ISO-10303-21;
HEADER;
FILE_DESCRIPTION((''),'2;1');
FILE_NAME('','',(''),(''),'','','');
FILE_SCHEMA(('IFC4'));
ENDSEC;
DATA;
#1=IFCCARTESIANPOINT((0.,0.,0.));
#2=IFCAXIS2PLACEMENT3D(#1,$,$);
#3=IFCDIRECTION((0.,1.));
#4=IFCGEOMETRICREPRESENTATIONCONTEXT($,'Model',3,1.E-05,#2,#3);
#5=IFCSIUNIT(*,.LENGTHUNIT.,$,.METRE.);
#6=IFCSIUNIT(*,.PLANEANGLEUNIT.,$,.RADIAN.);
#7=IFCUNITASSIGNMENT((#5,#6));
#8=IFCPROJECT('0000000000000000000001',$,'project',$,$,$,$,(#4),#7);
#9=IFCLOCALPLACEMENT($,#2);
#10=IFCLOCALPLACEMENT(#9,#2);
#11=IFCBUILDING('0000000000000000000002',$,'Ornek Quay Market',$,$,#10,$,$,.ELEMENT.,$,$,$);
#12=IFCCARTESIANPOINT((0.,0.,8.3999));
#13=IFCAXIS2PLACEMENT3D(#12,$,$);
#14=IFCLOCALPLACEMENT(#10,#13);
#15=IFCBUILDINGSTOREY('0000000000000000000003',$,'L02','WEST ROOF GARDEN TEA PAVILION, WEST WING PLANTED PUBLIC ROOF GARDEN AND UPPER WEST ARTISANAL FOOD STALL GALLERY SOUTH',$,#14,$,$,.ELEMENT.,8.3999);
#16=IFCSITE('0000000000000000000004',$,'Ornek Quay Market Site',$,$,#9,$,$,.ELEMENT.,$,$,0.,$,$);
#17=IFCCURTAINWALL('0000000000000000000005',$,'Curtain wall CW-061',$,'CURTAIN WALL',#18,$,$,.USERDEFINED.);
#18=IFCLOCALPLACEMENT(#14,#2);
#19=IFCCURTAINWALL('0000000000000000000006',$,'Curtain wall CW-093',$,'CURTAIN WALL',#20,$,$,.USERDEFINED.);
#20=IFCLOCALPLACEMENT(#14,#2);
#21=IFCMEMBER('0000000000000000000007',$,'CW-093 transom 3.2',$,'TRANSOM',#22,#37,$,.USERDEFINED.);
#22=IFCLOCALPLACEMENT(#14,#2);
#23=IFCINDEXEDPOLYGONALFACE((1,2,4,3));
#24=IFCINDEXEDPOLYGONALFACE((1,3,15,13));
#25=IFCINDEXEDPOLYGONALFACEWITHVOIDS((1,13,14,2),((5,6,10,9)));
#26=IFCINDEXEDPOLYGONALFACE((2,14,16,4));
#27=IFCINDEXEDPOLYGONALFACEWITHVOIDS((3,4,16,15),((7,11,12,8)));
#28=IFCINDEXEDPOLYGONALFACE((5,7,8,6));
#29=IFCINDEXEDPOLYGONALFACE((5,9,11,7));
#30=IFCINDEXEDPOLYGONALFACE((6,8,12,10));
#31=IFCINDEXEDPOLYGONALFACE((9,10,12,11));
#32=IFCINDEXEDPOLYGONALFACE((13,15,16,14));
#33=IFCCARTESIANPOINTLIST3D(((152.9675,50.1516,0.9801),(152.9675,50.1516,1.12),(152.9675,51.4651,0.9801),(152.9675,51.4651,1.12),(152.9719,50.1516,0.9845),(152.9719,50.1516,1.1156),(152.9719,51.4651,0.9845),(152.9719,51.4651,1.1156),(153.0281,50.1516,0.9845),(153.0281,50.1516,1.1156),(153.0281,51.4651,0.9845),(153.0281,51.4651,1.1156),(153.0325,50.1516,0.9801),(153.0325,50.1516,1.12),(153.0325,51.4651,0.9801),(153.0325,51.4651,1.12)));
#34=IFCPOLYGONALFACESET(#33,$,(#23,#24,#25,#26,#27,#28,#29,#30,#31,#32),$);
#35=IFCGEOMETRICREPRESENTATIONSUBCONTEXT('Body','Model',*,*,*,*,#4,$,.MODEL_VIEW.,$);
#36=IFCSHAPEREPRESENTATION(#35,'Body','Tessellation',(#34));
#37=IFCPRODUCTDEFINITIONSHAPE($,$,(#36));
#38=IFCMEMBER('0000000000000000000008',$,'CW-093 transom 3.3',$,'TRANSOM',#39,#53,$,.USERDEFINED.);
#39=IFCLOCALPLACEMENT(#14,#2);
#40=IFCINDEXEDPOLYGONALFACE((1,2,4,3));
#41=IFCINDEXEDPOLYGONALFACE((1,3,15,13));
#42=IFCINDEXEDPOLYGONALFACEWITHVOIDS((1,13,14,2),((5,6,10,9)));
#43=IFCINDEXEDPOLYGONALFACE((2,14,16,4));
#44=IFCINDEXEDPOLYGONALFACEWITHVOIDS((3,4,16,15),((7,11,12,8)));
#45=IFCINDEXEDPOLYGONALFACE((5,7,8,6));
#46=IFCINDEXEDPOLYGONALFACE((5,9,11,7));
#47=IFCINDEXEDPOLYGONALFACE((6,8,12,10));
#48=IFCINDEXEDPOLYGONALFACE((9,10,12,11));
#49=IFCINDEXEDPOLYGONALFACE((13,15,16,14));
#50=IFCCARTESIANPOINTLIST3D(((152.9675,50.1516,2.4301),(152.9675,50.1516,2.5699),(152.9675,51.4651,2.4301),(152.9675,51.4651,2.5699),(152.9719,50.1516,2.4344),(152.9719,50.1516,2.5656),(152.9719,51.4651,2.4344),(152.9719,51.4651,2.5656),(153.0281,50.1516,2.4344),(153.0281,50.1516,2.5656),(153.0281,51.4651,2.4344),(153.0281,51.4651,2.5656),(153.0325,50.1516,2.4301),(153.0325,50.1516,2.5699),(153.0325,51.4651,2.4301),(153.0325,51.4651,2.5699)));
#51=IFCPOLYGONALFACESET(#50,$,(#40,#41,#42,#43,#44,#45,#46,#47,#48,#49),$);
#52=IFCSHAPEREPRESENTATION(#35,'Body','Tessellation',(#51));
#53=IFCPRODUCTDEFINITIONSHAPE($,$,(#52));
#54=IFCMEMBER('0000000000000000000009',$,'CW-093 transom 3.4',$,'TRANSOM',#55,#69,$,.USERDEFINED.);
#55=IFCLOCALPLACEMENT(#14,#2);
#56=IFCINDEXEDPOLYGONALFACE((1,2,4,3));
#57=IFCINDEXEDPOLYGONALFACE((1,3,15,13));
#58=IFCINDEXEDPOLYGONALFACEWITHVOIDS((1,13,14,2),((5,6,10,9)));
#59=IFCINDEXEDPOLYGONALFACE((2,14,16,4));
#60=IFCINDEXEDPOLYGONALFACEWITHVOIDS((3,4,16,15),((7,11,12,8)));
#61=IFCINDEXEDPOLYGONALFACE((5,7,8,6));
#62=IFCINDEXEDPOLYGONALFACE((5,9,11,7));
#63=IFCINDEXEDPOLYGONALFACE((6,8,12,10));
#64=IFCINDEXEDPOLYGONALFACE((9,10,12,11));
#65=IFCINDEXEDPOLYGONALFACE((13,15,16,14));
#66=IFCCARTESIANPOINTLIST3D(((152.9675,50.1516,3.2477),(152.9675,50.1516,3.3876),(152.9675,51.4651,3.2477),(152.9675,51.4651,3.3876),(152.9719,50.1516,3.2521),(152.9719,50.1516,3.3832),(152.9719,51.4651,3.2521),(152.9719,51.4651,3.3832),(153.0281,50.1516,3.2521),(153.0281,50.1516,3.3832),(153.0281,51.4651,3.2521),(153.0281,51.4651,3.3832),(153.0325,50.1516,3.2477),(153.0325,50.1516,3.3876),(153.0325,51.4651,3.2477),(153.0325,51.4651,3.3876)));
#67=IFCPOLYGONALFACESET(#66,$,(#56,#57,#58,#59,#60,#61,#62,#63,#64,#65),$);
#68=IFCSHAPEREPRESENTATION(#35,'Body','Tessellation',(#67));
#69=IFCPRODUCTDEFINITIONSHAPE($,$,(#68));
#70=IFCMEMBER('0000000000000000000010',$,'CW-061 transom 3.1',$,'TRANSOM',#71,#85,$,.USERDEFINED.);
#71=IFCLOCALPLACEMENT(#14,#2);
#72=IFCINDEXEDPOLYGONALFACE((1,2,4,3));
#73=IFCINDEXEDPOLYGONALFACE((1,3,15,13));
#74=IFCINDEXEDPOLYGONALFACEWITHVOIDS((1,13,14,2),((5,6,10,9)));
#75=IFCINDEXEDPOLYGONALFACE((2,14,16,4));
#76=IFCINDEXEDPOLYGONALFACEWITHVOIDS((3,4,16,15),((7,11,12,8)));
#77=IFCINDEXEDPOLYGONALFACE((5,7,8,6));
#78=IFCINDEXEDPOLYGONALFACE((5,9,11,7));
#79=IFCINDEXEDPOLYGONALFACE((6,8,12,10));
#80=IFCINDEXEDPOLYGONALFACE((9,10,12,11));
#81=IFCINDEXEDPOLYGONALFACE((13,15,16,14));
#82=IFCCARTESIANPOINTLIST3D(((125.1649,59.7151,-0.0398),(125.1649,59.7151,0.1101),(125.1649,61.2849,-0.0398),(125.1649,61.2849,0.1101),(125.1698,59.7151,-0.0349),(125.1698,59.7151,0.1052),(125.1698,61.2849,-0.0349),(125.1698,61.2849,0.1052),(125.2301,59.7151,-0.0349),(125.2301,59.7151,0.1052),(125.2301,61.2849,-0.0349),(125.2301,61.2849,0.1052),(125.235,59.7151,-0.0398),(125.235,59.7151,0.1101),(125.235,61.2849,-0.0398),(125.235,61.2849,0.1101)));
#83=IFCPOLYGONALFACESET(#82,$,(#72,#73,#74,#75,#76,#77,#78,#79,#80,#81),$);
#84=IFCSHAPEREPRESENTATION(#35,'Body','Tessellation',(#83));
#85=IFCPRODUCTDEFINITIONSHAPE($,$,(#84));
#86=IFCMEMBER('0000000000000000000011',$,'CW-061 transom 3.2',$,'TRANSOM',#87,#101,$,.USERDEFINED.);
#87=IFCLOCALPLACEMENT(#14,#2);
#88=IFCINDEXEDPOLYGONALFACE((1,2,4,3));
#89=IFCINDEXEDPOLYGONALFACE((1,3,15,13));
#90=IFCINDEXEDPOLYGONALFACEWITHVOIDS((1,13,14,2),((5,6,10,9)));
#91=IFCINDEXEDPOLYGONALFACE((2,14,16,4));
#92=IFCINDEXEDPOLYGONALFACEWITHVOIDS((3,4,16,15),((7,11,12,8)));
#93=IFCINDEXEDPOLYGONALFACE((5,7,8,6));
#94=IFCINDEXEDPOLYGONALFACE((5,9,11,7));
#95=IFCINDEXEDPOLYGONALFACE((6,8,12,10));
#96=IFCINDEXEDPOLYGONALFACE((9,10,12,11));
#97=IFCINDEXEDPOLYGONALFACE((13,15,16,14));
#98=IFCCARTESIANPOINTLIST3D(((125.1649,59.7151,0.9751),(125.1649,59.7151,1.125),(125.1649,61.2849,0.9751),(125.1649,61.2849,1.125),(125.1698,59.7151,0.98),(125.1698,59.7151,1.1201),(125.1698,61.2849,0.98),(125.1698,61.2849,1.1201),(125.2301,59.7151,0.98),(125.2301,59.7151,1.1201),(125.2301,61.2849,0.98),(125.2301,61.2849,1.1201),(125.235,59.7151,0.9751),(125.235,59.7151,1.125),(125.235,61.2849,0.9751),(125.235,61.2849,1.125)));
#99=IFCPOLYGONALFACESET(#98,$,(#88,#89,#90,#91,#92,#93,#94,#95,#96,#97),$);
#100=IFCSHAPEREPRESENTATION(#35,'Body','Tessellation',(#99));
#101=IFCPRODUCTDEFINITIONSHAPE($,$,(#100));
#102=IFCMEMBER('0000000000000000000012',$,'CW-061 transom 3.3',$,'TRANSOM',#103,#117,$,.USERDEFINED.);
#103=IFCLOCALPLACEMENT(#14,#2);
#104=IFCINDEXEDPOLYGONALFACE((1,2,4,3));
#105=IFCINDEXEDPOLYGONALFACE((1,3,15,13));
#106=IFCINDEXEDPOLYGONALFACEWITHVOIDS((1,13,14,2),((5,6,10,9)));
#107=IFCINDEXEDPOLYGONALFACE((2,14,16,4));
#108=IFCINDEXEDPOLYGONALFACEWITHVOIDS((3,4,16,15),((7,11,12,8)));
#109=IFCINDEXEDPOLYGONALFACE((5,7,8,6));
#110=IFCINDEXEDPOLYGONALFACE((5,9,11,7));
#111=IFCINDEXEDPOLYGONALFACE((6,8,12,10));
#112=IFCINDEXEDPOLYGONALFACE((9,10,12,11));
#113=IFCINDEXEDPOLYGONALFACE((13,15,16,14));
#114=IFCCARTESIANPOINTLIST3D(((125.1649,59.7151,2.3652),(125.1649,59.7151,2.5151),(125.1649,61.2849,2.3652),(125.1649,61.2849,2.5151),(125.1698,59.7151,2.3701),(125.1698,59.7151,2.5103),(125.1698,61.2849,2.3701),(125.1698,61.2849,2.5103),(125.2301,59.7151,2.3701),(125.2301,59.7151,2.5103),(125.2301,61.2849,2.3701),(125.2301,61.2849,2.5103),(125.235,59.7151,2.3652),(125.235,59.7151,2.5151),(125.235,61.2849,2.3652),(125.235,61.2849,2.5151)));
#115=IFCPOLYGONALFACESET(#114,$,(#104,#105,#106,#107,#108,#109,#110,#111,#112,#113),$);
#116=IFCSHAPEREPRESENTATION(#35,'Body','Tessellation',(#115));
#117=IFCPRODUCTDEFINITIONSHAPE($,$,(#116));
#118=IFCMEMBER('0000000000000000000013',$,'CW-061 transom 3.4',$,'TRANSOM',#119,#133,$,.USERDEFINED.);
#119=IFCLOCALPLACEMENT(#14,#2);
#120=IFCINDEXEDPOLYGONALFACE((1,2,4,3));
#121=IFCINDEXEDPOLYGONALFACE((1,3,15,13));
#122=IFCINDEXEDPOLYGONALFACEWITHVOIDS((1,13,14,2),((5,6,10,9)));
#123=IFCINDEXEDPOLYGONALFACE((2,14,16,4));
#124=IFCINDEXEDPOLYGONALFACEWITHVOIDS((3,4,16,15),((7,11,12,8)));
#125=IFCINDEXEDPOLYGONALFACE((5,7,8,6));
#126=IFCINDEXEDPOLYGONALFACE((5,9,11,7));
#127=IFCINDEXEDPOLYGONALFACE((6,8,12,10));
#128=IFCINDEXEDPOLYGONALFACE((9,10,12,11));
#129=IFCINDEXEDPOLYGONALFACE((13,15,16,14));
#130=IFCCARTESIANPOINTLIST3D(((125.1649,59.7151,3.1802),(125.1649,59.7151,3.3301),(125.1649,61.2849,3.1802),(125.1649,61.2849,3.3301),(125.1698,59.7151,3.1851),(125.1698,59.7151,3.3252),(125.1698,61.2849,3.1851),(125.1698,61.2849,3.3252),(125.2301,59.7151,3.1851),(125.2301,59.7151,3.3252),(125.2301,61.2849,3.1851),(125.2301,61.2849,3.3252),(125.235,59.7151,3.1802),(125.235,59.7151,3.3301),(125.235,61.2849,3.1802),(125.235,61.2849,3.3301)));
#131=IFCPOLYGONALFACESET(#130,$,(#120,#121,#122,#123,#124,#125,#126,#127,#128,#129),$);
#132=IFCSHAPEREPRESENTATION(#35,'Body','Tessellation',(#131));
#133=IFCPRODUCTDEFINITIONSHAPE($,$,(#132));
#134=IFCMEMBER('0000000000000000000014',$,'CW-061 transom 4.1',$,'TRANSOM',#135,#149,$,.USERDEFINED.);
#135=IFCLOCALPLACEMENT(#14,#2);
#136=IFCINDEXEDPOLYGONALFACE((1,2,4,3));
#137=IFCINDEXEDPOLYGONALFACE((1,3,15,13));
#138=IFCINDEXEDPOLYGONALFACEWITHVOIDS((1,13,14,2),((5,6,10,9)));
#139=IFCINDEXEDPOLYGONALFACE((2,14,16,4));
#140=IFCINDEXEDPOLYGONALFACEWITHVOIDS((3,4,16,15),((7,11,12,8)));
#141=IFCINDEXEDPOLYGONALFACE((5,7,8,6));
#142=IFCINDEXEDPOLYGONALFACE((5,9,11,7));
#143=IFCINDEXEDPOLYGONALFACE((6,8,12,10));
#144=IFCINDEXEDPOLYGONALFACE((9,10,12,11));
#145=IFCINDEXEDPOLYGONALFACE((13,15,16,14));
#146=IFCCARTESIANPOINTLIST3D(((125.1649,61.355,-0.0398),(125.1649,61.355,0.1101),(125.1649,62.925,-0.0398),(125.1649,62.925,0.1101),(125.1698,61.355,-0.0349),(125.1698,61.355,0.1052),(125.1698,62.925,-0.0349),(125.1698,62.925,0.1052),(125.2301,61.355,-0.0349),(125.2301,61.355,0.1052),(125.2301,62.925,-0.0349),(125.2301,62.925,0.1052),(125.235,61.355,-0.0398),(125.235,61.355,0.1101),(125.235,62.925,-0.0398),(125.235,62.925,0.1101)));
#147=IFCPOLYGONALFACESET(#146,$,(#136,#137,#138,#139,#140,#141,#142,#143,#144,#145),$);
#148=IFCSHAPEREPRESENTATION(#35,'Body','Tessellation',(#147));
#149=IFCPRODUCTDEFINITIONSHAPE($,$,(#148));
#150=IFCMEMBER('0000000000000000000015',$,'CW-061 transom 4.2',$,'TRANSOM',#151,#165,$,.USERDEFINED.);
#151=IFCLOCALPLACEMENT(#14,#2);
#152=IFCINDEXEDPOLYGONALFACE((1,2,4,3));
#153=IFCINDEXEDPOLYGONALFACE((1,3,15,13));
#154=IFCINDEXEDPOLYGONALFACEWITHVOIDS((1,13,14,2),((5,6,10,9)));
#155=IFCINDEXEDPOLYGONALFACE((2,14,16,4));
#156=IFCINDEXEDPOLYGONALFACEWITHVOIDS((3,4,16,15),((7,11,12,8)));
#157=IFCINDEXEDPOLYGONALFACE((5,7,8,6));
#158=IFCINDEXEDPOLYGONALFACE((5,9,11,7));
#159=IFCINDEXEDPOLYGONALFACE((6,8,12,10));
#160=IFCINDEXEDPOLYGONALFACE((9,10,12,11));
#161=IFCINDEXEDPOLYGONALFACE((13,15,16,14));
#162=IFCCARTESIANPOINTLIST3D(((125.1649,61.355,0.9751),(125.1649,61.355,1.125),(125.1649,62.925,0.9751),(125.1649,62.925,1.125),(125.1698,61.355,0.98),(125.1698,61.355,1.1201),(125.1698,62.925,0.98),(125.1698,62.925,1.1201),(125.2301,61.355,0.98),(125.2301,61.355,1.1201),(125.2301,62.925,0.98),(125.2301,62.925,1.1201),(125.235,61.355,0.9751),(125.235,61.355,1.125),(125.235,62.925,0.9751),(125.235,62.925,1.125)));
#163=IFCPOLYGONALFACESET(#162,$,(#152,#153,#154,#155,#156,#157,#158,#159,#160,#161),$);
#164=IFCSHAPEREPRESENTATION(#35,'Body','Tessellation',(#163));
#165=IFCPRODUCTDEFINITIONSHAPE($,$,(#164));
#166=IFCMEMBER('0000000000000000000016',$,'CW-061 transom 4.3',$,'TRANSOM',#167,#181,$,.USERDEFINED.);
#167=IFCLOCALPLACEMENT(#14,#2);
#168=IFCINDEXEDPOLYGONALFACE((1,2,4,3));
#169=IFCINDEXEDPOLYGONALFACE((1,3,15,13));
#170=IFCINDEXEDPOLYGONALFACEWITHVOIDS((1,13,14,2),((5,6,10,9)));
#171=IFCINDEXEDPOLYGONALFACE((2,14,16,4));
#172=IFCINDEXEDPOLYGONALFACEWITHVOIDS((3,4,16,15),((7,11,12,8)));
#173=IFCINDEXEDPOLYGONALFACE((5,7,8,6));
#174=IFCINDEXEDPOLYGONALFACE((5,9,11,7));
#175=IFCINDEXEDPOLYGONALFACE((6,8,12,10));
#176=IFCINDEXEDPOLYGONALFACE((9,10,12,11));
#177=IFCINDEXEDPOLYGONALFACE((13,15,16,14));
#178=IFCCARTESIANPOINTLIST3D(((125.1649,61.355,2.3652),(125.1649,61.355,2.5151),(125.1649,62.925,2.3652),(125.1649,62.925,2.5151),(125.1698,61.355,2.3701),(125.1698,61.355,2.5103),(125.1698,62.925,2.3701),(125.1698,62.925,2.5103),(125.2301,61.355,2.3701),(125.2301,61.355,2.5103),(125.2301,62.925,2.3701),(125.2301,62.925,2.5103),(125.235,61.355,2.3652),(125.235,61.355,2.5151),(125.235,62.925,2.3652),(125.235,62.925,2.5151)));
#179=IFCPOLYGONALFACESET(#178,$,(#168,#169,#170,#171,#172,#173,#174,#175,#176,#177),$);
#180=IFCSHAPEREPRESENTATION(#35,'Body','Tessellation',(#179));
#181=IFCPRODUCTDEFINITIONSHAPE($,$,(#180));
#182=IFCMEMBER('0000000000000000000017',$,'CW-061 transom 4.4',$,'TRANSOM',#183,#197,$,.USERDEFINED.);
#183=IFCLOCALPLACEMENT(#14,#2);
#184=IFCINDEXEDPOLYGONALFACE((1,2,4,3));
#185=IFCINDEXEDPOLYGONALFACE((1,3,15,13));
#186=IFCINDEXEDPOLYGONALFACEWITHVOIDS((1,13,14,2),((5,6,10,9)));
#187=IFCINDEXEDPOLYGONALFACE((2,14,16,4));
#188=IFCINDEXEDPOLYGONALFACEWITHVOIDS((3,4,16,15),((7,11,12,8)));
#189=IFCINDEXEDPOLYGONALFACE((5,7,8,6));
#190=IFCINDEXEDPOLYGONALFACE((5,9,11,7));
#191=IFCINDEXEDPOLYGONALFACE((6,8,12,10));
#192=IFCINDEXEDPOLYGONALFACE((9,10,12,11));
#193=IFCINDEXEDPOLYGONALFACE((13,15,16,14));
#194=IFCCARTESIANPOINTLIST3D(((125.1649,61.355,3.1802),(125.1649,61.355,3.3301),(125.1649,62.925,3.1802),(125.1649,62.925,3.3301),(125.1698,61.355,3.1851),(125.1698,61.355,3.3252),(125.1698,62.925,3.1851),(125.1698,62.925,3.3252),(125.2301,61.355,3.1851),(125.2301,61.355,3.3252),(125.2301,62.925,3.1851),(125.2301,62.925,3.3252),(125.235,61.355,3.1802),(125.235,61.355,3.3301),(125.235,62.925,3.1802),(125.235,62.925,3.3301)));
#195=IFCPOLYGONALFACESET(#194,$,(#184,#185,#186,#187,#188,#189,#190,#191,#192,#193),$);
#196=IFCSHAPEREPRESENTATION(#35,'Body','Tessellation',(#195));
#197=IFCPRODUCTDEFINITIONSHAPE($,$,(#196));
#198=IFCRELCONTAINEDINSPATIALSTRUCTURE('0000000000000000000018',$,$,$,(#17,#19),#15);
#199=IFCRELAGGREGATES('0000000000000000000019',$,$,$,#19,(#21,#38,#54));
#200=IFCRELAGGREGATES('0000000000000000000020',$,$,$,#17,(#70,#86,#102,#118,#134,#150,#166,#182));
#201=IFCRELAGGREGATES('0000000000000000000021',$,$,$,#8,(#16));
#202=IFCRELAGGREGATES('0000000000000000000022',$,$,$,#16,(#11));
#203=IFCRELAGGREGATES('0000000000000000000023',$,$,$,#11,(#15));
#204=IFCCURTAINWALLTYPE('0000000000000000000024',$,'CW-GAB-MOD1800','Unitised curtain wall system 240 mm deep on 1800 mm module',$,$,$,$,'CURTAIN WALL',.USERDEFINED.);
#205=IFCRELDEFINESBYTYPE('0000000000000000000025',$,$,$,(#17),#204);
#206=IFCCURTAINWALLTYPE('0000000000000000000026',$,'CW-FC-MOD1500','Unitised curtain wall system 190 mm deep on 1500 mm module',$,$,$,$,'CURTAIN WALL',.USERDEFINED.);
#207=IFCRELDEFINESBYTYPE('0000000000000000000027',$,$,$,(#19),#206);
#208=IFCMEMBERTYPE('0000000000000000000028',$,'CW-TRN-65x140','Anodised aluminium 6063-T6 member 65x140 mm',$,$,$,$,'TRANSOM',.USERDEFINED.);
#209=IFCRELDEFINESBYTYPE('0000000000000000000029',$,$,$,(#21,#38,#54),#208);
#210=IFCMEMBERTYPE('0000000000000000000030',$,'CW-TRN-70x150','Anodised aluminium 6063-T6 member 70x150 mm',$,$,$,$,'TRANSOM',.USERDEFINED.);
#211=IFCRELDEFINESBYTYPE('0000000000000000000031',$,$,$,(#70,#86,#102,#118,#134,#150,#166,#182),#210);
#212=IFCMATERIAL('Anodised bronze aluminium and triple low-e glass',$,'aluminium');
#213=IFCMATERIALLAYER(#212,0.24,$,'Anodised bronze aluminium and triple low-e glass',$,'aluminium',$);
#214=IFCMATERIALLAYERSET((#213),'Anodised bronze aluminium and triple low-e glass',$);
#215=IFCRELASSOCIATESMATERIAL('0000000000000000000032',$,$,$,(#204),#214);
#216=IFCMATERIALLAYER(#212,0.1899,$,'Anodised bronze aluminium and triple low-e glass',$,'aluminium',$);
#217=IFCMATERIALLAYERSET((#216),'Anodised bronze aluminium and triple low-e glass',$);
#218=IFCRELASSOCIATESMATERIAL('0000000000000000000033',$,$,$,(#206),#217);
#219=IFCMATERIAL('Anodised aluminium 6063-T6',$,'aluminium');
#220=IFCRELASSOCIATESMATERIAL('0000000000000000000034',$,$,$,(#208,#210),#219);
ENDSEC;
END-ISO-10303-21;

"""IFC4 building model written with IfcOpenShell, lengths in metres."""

from ifc_helpers import new_model, si_unit, direction, frame, origin, origin_2d, place, context, subcontext, project, spatial, hollow_rectangle, extrude, material, layer, layer_set, material_profile, profile_set, type_object, element, aggregate, save


model = new_model("IFC4")

# Units and contexts
model_context = context("Model", 3, precision=1e-05, world=origin(), true_north=direction((0.0, 1.0)))
body_context = subcontext(model_context, "Body", "Model", "MODEL_VIEW")
ifc_project = project(units=[si_unit("LENGTHUNIT", "METRE"), si_unit("PLANEANGLEUNIT", "RADIAN")], contexts=[model_context])

# Site, building, storey
site_placement = place(None, origin())
site = spatial("IfcSite", under=ifc_project, at=site_placement, Name="Ornek Quay Market Site", CompositionType="ELEMENT", RefElevation=0.0)
building_placement = place(site_placement, origin())
building = spatial("IfcBuilding", under=site, at=building_placement, Name="Ornek Quay Market", CompositionType="ELEMENT")
storey_placement = place(building_placement, frame((0.0, 0.0, 8.3999)))
storey = spatial("IfcBuildingStorey", under=building, at=storey_placement, Name="L02", Description="WEST ROOF GARDEN TEA PAVILION, WEST WING PLANTED PUBLIC ROOF GARDEN AND UPPER WEST ARTISANAL FOOD STALL GALLERY SOUTH", CompositionType="ELEMENT", Elevation=8.3999)

# Curtain walls, members
ifc_material_1 = material(Name="Anodised bronze aluminium and triple low-e glass", Category="aluminium")
ifc_layer_1 = layer(ifc_material_1, 0.24, Name="Anodised bronze aluminium and triple low-e glass", Category="aluminium")
ifc_layer_set_1 = layer_set([ifc_layer_1], Name="Anodised bronze aluminium and triple low-e glass")
curtain_wall_type_1 = type_object("IfcCurtainWallType", Name="CW-GAB-MOD1800", Description="Unitised curtain wall system 240 mm deep on 1800 mm module", ElementType="CURTAIN WALL", PredefinedType="USERDEFINED", material=ifc_layer_set_1)
curtain_wall_1_placement = place(storey_placement, origin())
curtain_wall_1 = element("IfcCurtainWall", 1, at=curtain_wall_1_placement, inside=storey, type_object=curtain_wall_type_1, Name="Curtain wall CW-061", ObjectType="CURTAIN WALL", PredefinedType="USERDEFINED")
ifc_material_2 = material(Name="Anodised aluminium 6063-T6", Category="aluminium")
ifc_layer_2 = layer(ifc_material_1, 0.1899, Name="Anodised bronze aluminium and triple low-e glass", Category="aluminium")
ifc_layer_set_2 = layer_set([ifc_layer_2], Name="Anodised bronze aluminium and triple low-e glass")
curtain_wall_type_2 = type_object("IfcCurtainWallType", Name="CW-FC-MOD1500", Description="Unitised curtain wall system 190 mm deep on 1500 mm module", ElementType="CURTAIN WALL", PredefinedType="USERDEFINED", material=ifc_layer_set_2)
curtain_wall_2_placement = place(storey_placement, origin())
curtain_wall_2 = element("IfcCurtainWall", 2, at=curtain_wall_2_placement, inside=storey, type_object=curtain_wall_type_2, Name="Curtain wall CW-093", ObjectType="CURTAIN WALL", PredefinedType="USERDEFINED")
ifc_material_profile_1 = material_profile(ifc_material_2, hollow_rectangle(XDim=0.0649, YDim=0.1399, WallThickness=0.0044, at=origin_2d()), Name="CW-TRN-65x140", Category="aluminium")
ifc_profile_set_1 = profile_set([ifc_material_profile_1], Name="Anodised aluminium 6063-T6")
member_type_1 = type_object("IfcMemberType", Name="CW-TRN-65x140", Description="Anodised aluminium 6063-T6 member 65x140 mm", ElementType="TRANSOM", PredefinedType="USERDEFINED", material=ifc_profile_set_1)
member_1_placement = place(storey_placement, frame((153.0, 50.1516, 1.05), z_axis=(0.0, 1.0, 0.0), x_axis=(-1.0, 0.0, 0.0)))
member_1 = element("IfcMember", 3, at=member_1_placement, type_object=member_type_1, Name="CW-093 transom 3.2", ObjectType="TRANSOM", PredefinedType="USERDEFINED", context=body_context, shape_type="SweptSolid", body=[
    extrude(hollow_rectangle(XDim=0.0649, YDim=0.1399, WallThickness=0.0044, at=origin_2d()), origin(), (0.0, 0.0, 1.0), 1.3135),
])
member_2_placement = place(storey_placement, frame((153.0, 50.1516, 2.5), z_axis=(0.0, 1.0, 0.0), x_axis=(-1.0, 0.0, 0.0)))
member_2 = element("IfcMember", 4, at=member_2_placement, type_object=member_type_1, Name="CW-093 transom 3.3", ObjectType="TRANSOM", PredefinedType="USERDEFINED", context=body_context, shape_type="SweptSolid", body=[
    extrude(hollow_rectangle(XDim=0.0649, YDim=0.1399, WallThickness=0.0044, at=origin_2d()), origin(), (0.0, 0.0, 1.0), 1.3135),
])
member_3_placement = place(storey_placement, frame((153.0, 50.1516, 3.3176), z_axis=(0.0, 1.0, 0.0), x_axis=(-1.0, 0.0, 0.0)))
member_3 = element("IfcMember", 5, at=member_3_placement, type_object=member_type_1, Name="CW-093 transom 3.4", ObjectType="TRANSOM", PredefinedType="USERDEFINED", context=body_context, shape_type="SweptSolid", body=[
    extrude(hollow_rectangle(XDim=0.0649, YDim=0.1399, WallThickness=0.0044, at=origin_2d()), origin(), (0.0, 0.0, 1.0), 1.3135),
])

# Members
ifc_material_profile_2 = material_profile(ifc_material_2, hollow_rectangle(XDim=0.0701, YDim=0.1499, WallThickness=0.0049, at=origin_2d()), Name="CW-TRN-70x150", Category="aluminium")
ifc_profile_set_2 = profile_set([ifc_material_profile_2], Name="Anodised aluminium 6063-T6")
member_type_2 = type_object("IfcMemberType", Name="CW-TRN-70x150", Description="Anodised aluminium 6063-T6 member 70x150 mm", ElementType="TRANSOM", PredefinedType="USERDEFINED", material=ifc_profile_set_2)
member_4_placement = place(storey_placement, frame((125.2, 59.7151, 0.0352), z_axis=(0.0, 1.0, 0.0), x_axis=(-1.0, 0.0, 0.0)))
member_4 = element("IfcMember", 6, at=member_4_placement, type_object=member_type_2, Name="CW-061 transom 3.1", ObjectType="TRANSOM", PredefinedType="USERDEFINED", context=body_context, shape_type="SweptSolid", body=[
    extrude(hollow_rectangle(XDim=0.0701, YDim=0.1499, WallThickness=0.0049, at=origin_2d()), origin(), (0.0, 0.0, 1.0), 1.5698),
])
member_5_placement = place(storey_placement, frame((125.2, 59.7151, 1.05), z_axis=(0.0, 1.0, 0.0), x_axis=(-1.0, 0.0, 0.0)))
member_5 = element("IfcMember", 7, at=member_5_placement, type_object=member_type_2, Name="CW-061 transom 3.2", ObjectType="TRANSOM", PredefinedType="USERDEFINED", context=body_context, shape_type="SweptSolid", body=[
    extrude(hollow_rectangle(XDim=0.0701, YDim=0.1499, WallThickness=0.0049, at=origin_2d()), origin(), (0.0, 0.0, 1.0), 1.5698),
])
member_6_placement = place(storey_placement, frame((125.2, 59.7151, 2.4402), z_axis=(0.0, 1.0, 0.0), x_axis=(-1.0, 0.0, 0.0)))
member_6 = element("IfcMember", 8, at=member_6_placement, type_object=member_type_2, Name="CW-061 transom 3.3", ObjectType="TRANSOM", PredefinedType="USERDEFINED", context=body_context, shape_type="SweptSolid", body=[
    extrude(hollow_rectangle(XDim=0.0701, YDim=0.1499, WallThickness=0.0049, at=origin_2d()), origin(), (0.0, 0.0, 1.0), 1.5698),
])
member_7_placement = place(storey_placement, frame((125.2, 59.7151, 3.2551), z_axis=(0.0, 1.0, 0.0), x_axis=(-1.0, 0.0, 0.0)))
member_7 = element("IfcMember", 9, at=member_7_placement, type_object=member_type_2, Name="CW-061 transom 3.4", ObjectType="TRANSOM", PredefinedType="USERDEFINED", context=body_context, shape_type="SweptSolid", body=[
    extrude(hollow_rectangle(XDim=0.0701, YDim=0.1499, WallThickness=0.0049, at=origin_2d()), origin(), (0.0, 0.0, 1.0), 1.5698),
])
member_8_placement = place(storey_placement, frame((125.2, 61.355, 0.0352), z_axis=(0.0, 1.0, 0.0), x_axis=(-1.0, 0.0, 0.0)))
member_8 = element("IfcMember", 10, at=member_8_placement, type_object=member_type_2, Name="CW-061 transom 4.1", ObjectType="TRANSOM", PredefinedType="USERDEFINED", context=body_context, shape_type="SweptSolid", body=[
    extrude(hollow_rectangle(XDim=0.0701, YDim=0.1499, WallThickness=0.0049, at=origin_2d()), origin(), (0.0, 0.0, 1.0), 1.5701),
])
member_9_placement = place(storey_placement, frame((125.2, 61.355, 1.05), z_axis=(0.0, 1.0, 0.0), x_axis=(-1.0, 0.0, 0.0)))
member_9 = element("IfcMember", 11, at=member_9_placement, type_object=member_type_2, Name="CW-061 transom 4.2", ObjectType="TRANSOM", PredefinedType="USERDEFINED", context=body_context, shape_type="SweptSolid", body=[
    extrude(hollow_rectangle(XDim=0.0701, YDim=0.1499, WallThickness=0.0049, at=origin_2d()), origin(), (0.0, 0.0, 1.0), 1.5701),
])
member_10_placement = place(storey_placement, frame((125.2, 61.355, 2.4402), z_axis=(0.0, 1.0, 0.0), x_axis=(-1.0, 0.0, 0.0)))
member_10 = element("IfcMember", 12, at=member_10_placement, type_object=member_type_2, Name="CW-061 transom 4.3", ObjectType="TRANSOM", PredefinedType="USERDEFINED", context=body_context, shape_type="SweptSolid", body=[
    extrude(hollow_rectangle(XDim=0.0701, YDim=0.1499, WallThickness=0.0049, at=origin_2d()), origin(), (0.0, 0.0, 1.0), 1.5701),
])
member_11_placement = place(storey_placement, frame((125.2, 61.355, 3.2551), z_axis=(0.0, 1.0, 0.0), x_axis=(-1.0, 0.0, 0.0)))
member_11 = element("IfcMember", 13, at=member_11_placement, type_object=member_type_2, Name="CW-061 transom 4.4", ObjectType="TRANSOM", PredefinedType="USERDEFINED", context=body_context, shape_type="SweptSolid", body=[
    extrude(hollow_rectangle(XDim=0.0701, YDim=0.1499, WallThickness=0.0049, at=origin_2d()), origin(), (0.0, 0.0, 1.0), 1.5701),
])

aggregate(curtain_wall_2, [member_1, member_2, member_3])
aggregate(curtain_wall_1, [member_4, member_5, member_6, member_7, member_8, member_9, member_10, member_11])

save(model, "model.ifc")
